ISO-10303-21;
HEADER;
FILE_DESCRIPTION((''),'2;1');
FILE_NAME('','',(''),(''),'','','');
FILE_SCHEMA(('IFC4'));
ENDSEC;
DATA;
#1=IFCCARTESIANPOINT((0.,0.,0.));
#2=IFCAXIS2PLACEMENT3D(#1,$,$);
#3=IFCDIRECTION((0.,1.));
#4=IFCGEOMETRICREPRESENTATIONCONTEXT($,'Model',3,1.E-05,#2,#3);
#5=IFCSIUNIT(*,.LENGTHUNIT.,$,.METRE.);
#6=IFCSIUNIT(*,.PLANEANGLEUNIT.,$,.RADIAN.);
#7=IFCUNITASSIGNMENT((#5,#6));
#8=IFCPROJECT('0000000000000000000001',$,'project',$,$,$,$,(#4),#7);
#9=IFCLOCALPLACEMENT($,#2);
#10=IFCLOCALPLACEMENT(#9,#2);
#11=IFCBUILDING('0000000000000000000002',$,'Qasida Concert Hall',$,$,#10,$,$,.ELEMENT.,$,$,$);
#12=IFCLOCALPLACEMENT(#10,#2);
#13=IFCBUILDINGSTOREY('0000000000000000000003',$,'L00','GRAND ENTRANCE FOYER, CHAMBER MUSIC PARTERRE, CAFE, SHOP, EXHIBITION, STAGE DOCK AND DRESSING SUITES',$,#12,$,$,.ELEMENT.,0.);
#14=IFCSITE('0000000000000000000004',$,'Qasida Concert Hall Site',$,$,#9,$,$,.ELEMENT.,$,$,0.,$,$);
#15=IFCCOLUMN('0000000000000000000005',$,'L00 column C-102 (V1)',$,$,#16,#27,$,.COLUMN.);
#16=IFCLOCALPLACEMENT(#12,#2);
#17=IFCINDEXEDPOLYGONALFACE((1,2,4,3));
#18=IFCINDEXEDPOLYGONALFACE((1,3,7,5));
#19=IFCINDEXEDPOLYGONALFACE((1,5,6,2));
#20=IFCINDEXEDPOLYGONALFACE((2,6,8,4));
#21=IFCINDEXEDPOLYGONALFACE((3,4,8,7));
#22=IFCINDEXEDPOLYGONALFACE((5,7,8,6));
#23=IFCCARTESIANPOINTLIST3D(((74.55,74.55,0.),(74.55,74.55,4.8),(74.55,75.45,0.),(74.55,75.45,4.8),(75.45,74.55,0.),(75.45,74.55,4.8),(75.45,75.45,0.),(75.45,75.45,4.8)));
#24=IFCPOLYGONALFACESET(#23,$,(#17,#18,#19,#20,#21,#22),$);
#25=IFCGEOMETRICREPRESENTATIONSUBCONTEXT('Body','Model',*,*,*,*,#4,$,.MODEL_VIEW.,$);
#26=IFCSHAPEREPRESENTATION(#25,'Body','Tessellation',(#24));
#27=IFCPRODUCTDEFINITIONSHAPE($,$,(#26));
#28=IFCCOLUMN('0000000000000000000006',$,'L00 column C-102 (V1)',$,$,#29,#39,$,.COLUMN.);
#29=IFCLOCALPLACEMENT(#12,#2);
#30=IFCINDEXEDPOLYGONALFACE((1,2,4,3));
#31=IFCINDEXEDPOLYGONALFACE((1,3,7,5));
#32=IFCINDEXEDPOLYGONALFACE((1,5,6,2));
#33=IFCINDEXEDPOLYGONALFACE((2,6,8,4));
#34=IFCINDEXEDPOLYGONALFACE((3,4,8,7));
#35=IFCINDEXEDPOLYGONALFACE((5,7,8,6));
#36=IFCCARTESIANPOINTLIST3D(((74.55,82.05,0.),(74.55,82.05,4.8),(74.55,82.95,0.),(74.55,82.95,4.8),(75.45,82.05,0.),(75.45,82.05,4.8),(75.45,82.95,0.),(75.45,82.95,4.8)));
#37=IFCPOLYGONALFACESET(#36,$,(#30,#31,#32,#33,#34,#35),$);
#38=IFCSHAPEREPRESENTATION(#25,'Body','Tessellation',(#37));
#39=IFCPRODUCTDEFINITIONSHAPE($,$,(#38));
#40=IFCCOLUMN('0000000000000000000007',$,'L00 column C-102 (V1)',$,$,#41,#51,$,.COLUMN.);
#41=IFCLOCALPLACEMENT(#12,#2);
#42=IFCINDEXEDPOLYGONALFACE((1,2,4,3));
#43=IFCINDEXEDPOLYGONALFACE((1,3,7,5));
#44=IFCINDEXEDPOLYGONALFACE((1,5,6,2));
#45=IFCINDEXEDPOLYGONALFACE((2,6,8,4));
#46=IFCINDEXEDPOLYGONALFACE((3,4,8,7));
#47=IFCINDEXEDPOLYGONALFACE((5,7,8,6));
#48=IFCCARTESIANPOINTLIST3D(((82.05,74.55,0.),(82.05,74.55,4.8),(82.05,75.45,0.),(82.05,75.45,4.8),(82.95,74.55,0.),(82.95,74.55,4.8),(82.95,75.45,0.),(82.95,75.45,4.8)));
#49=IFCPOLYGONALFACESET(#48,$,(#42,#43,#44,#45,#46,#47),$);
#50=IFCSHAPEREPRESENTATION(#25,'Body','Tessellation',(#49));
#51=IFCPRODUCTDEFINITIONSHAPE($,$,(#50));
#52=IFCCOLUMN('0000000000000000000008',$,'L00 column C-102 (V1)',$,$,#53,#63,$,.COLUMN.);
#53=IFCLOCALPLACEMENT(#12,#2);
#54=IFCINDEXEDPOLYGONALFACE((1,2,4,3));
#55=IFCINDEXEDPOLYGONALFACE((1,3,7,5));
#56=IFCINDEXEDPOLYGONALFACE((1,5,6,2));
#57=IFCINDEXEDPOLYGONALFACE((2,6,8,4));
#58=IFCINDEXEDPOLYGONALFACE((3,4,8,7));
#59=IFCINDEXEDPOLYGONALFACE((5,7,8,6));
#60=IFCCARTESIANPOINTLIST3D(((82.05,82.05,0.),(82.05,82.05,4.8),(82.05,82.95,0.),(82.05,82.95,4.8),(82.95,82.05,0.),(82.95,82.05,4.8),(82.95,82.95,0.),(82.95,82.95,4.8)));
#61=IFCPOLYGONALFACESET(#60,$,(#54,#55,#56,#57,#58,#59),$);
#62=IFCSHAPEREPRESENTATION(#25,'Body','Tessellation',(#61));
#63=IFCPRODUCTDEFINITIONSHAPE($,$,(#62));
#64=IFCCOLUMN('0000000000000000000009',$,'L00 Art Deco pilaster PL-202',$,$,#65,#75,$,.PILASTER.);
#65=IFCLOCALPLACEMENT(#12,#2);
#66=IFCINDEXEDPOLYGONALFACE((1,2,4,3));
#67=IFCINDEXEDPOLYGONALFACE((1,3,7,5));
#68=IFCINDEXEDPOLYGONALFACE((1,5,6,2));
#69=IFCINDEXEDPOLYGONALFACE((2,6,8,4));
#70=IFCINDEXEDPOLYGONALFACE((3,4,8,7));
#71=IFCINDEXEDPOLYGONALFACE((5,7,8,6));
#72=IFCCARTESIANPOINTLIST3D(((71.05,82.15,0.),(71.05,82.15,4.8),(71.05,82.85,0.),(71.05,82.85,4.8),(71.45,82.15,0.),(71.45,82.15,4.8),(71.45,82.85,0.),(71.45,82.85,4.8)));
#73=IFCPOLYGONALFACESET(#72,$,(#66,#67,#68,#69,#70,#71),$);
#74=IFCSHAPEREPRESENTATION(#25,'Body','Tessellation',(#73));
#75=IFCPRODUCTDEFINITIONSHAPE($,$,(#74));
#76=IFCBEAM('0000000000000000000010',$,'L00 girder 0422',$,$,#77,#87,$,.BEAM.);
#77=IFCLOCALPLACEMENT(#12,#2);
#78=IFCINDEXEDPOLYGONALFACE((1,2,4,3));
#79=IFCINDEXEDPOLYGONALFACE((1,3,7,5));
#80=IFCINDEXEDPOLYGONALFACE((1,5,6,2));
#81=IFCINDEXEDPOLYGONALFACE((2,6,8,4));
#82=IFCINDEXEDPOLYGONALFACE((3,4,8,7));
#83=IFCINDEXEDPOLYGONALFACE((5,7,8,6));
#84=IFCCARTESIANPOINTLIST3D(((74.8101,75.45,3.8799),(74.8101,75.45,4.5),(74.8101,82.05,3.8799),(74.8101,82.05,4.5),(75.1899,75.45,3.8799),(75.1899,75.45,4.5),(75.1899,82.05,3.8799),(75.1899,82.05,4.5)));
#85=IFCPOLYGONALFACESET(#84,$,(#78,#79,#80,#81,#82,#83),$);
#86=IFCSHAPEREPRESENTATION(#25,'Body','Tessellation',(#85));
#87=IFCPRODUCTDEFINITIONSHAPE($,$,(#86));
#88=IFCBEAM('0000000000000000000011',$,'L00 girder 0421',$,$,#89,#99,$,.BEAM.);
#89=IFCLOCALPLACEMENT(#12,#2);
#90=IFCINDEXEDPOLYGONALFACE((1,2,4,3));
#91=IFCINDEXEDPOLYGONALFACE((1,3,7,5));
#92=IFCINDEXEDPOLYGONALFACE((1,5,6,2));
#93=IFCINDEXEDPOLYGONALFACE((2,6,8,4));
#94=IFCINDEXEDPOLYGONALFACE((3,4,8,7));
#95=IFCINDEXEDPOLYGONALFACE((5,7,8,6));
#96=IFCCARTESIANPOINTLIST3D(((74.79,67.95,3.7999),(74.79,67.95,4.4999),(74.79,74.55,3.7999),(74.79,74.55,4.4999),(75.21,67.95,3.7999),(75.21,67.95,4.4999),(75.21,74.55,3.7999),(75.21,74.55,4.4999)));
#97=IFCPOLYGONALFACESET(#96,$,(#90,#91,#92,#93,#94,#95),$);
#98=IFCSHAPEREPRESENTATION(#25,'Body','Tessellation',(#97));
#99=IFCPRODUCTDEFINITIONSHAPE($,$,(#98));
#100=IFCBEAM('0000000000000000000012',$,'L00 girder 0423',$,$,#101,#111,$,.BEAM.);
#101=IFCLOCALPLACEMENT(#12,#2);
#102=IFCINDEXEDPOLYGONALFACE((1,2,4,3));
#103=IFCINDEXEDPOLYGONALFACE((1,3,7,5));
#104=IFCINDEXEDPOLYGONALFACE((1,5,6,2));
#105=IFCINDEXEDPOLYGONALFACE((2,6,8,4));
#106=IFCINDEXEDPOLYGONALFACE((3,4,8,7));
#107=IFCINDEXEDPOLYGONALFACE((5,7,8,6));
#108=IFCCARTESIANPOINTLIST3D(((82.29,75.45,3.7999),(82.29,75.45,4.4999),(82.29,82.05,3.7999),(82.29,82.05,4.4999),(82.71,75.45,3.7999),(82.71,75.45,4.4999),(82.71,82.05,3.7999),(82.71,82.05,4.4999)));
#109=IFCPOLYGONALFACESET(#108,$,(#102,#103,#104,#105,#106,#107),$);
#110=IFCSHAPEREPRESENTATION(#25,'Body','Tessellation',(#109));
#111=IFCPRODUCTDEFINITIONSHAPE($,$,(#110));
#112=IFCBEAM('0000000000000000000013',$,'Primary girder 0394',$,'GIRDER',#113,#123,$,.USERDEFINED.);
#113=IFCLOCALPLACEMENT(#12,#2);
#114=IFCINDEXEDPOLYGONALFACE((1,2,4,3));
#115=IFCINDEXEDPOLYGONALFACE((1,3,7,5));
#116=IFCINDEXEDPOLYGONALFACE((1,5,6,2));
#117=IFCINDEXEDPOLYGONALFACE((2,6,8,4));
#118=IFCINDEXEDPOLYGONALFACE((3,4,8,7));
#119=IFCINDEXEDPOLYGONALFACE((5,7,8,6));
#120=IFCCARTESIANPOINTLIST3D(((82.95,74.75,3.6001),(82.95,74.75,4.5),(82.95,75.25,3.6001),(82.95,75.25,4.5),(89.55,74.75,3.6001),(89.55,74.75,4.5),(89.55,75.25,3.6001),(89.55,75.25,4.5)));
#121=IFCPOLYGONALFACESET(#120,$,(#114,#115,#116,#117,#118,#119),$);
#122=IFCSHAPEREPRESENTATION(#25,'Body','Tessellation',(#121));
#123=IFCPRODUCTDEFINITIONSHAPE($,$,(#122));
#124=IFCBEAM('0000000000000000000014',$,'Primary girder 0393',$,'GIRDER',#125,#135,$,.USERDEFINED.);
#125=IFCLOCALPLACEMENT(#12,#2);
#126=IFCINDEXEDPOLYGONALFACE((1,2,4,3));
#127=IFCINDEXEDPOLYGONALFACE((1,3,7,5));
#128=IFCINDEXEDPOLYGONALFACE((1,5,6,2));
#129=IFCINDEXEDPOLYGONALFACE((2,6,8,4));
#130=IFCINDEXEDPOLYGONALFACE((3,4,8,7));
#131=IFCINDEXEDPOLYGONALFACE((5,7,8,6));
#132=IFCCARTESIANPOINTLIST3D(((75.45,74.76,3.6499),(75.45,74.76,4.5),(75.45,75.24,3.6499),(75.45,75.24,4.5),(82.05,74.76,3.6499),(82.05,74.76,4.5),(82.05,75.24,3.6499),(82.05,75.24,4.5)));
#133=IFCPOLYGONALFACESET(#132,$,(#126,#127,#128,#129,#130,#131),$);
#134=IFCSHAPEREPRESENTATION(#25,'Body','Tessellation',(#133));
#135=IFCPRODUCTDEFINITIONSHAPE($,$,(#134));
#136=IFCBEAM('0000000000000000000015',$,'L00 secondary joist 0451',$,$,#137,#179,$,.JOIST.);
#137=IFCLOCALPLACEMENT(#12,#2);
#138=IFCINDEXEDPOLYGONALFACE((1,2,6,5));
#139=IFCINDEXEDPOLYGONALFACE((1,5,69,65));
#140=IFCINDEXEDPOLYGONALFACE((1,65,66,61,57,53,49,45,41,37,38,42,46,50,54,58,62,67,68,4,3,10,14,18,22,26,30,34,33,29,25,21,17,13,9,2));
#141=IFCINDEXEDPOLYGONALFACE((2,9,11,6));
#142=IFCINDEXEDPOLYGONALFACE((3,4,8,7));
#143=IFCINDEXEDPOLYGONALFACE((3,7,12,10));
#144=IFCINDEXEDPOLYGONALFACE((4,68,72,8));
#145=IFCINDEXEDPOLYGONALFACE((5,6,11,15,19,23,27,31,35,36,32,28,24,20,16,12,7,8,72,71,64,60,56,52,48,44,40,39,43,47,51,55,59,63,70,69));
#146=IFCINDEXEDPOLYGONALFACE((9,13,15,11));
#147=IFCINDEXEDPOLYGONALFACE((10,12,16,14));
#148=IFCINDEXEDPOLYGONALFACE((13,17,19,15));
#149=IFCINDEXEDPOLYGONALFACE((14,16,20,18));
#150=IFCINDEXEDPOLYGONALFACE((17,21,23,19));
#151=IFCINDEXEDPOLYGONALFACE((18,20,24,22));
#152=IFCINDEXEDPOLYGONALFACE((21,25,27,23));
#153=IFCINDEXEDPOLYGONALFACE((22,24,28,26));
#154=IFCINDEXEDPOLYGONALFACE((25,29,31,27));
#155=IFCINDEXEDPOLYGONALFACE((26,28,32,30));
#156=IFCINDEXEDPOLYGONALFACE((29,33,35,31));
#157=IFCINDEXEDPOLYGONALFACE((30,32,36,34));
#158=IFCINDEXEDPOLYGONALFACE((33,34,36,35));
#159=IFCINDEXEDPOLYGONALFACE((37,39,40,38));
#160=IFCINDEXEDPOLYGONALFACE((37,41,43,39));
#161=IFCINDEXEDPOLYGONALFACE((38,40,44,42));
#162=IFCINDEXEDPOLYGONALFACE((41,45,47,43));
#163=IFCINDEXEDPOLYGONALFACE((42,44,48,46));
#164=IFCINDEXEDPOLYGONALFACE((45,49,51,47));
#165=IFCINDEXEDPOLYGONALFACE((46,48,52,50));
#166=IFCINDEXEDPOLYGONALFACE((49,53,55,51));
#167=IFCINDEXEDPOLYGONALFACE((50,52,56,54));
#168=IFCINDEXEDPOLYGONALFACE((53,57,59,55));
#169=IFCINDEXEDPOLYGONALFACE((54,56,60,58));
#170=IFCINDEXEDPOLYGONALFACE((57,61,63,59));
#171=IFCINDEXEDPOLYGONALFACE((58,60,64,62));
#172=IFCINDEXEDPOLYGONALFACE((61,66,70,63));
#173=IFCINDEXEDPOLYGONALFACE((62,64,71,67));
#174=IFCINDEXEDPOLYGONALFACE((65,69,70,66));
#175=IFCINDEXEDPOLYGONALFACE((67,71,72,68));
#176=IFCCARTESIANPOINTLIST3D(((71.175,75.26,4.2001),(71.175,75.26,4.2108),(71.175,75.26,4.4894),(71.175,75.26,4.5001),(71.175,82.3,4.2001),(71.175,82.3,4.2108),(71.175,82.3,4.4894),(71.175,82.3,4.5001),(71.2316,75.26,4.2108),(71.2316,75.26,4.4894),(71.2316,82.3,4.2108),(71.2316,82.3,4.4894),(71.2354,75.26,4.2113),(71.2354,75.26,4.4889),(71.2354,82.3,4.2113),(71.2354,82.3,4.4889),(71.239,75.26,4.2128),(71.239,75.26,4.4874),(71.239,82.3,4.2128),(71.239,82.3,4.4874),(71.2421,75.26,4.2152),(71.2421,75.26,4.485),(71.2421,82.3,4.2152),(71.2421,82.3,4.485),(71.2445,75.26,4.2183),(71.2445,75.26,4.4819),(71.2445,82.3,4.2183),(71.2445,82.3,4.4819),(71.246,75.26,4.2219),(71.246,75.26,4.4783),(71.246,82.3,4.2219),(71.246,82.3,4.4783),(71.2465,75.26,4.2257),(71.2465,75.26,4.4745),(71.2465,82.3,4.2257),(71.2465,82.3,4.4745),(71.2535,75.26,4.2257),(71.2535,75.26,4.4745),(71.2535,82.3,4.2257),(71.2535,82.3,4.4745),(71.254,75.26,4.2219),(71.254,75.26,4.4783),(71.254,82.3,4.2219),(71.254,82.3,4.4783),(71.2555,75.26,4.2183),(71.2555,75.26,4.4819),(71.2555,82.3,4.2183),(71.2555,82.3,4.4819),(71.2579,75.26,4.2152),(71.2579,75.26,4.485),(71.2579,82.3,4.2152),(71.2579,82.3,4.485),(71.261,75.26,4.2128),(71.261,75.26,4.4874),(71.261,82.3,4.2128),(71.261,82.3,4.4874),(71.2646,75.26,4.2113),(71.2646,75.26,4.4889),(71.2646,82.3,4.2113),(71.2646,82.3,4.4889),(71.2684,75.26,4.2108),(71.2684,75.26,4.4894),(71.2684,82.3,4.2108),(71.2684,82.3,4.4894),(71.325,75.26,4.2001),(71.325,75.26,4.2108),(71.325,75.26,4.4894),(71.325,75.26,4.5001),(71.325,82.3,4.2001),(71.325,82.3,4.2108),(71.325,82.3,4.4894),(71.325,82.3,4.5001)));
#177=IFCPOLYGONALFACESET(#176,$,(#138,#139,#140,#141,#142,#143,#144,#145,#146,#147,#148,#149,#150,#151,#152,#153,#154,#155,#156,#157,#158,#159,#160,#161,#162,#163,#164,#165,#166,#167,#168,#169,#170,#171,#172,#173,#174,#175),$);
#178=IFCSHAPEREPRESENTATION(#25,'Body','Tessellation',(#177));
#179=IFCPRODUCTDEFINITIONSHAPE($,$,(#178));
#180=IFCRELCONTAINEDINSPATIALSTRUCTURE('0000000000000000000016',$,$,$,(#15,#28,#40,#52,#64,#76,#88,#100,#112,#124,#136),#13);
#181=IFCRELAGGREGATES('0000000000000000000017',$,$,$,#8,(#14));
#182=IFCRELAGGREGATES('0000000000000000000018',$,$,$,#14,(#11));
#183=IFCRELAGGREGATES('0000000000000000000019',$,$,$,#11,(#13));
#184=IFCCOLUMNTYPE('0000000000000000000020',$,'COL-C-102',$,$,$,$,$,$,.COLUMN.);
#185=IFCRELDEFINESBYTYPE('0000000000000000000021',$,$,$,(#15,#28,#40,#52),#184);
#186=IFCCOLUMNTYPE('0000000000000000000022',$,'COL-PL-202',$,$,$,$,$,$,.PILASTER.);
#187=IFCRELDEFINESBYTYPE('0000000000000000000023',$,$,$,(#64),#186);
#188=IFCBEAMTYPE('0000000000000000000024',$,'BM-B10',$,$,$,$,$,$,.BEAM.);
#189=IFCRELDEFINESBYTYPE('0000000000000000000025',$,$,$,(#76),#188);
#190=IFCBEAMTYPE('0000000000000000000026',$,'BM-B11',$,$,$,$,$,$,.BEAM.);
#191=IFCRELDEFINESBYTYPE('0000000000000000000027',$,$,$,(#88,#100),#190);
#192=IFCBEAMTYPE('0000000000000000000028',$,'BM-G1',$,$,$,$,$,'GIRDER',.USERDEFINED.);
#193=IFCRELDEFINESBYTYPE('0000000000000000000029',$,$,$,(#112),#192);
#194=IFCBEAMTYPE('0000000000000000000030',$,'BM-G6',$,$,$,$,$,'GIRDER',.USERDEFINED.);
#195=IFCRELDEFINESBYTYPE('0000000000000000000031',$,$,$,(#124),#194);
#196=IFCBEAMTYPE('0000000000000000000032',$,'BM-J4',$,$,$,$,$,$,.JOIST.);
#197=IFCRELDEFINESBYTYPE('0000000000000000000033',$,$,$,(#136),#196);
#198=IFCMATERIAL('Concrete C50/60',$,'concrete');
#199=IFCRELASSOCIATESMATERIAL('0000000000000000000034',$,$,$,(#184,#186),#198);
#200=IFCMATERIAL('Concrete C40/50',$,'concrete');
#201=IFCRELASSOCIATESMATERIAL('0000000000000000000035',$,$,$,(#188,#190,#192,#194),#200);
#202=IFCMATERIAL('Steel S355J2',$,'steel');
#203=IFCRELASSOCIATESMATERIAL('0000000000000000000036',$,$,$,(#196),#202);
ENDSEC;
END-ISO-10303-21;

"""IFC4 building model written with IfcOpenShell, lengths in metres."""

from ifc_helpers import new_model, si_unit, direction, frame, origin, origin_2d, place, context, subcontext, project, spatial, rectangle, i_section, extrude, material, material_profile, profile_set, type_object, element, save


model = new_model("IFC4")

# Units and contexts
model_context = context("Model", 3, precision=1e-05, world=origin(), true_north=direction((0.0, 1.0)))
body_context = subcontext(model_context, "Body", "Model", "MODEL_VIEW")
ifc_project = project(units=[si_unit("LENGTHUNIT", "METRE"), si_unit("PLANEANGLEUNIT", "RADIAN")], contexts=[model_context])

# Site, building, storey
site_placement = place(None, origin())
site = spatial("IfcSite", under=ifc_project, at=site_placement, Name="Qasida Concert Hall Site", CompositionType="ELEMENT", RefElevation=0.0)
building_placement = place(site_placement, origin())
building = spatial("IfcBuilding", under=site, at=building_placement, Name="Qasida Concert Hall", CompositionType="ELEMENT")
storey_placement = place(building_placement, origin())
storey = spatial("IfcBuildingStorey", under=building, at=storey_placement, Name="L00", Description="GRAND ENTRANCE FOYER, CHAMBER MUSIC PARTERRE, CAFE, SHOP, EXHIBITION, STAGE DOCK AND DRESSING SUITES", CompositionType="ELEMENT", Elevation=0.0)

# Columns
ifc_material_1 = material(Name="Concrete C50/60", Category="concrete")
ifc_material_profile_1 = material_profile(ifc_material_1, rectangle(XDim=0.8999, YDim=0.8999, at=origin_2d()), Name="RC 900x900")
ifc_profile_set_1 = profile_set([ifc_material_profile_1], Name="Concrete C50/60")
column_type_1 = type_object("IfcColumnType", Name="COL-C-102", PredefinedType="COLUMN", material=ifc_profile_set_1)
for number, where, z_axis, x_axis, name in (
    (1, (75.0, 75.0, 0.0), (0.0, 0.0, 1.0), (1.0, 0.0, 0.0), "L00 column C-102 (V1)"),
    (2, (75.0, 82.5, 0.0), (0.0, 0.0, 1.0), (1.0, 0.0, 0.0), "L00 column C-102 (V1)"),
    (3, (82.5, 75.0, 0.0), (0.0, 0.0, 1.0), (1.0, 0.0, 0.0), "L00 column C-102 (V1)"),
    (4, (82.5, 82.5, 0.0), (0.0, 0.0, 1.0), (1.0, 0.0, 0.0), "L00 column C-102 (V1)"),
):
    element("IfcColumn", number, at=place(storey_placement, frame(where, z_axis=z_axis, x_axis=x_axis)), inside=storey, type_object=column_type_1, Name=name, PredefinedType="COLUMN", context=body_context, shape_type="SweptSolid", body=[
        extrude(rectangle(XDim=0.8999, YDim=0.8999, at=origin_2d()), origin(), (0.0, 0.0, 1.0), 4.8),
    ])
ifc_material_profile_2 = material_profile(ifc_material_1, rectangle(XDim=0.3999, YDim=0.7, at=origin_2d()), Name="RC 400x700")
ifc_profile_set_2 = profile_set([ifc_material_profile_2], Name="Concrete C50/60")
column_type_2 = type_object("IfcColumnType", Name="COL-PL-202", PredefinedType="PILASTER", material=ifc_profile_set_2)
column_placement = place(storey_placement, frame((71.25, 82.5, 0.0), z_axis=(0.0, 0.0, 1.0), x_axis=(1.0, 0.0, 0.0)))
element("IfcColumn", 5, at=column_placement, inside=storey, type_object=column_type_2, Name="L00 Art Deco pilaster PL-202", PredefinedType="PILASTER", context=body_context, shape_type="SweptSolid", body=[
    extrude(rectangle(XDim=0.3999, YDim=0.7, at=origin_2d()), origin(), (0.0, 0.0, 1.0), 4.8),
])

# Beams
ifc_material_2 = material(Name="Concrete C40/50", Category="concrete")
ifc_material_profile_3 = material_profile(ifc_material_2, rectangle(XDim=0.3799, YDim=0.6201, at=origin_2d()), Name="RC 380x620")
ifc_profile_set_3 = profile_set([ifc_material_profile_3], Name="Concrete C40/50")
beam_type_1 = type_object("IfcBeamType", Name="BM-B10", PredefinedType="BEAM", material=ifc_profile_set_3)
beam_1_placement = place(storey_placement, frame((75.0, 75.45, 4.1899), z_axis=(0.0, 1.0, 0.0), x_axis=(-1.0, 0.0, 0.0)))
element("IfcBeam", 6, at=beam_1_placement, inside=storey, type_object=beam_type_1, Name="L00 girder 0422", PredefinedType="BEAM", context=body_context, shape_type="SweptSolid", body=[
    extrude(rectangle(XDim=0.3799, YDim=0.6201, at=origin_2d()), origin(), (0.0, 0.0, 1.0), 6.6001),
])
ifc_material_profile_4 = material_profile(ifc_material_2, rectangle(XDim=0.4199, YDim=0.7, at=origin_2d()), Name="RC 420x700")
ifc_profile_set_4 = profile_set([ifc_material_profile_4], Name="Concrete C40/50")
beam_type_2 = type_object("IfcBeamType", Name="BM-B11", PredefinedType="BEAM", material=ifc_profile_set_4)
for number, where, z_axis, x_axis, name in (
    (7, (75.0, 67.95, 4.1499), (0.0, 1.0, 0.0), (-1.0, 0.0, 0.0), "L00 girder 0421"),
    (8, (82.5, 75.45, 4.1499), (0.0, 1.0, 0.0), (-1.0, 0.0, 0.0), "L00 girder 0423"),
):
    element("IfcBeam", number, at=place(storey_placement, frame(where, z_axis=z_axis, x_axis=x_axis)), inside=storey, type_object=beam_type_2, Name=name, PredefinedType="BEAM", context=body_context, shape_type="SweptSolid", body=[
        extrude(rectangle(XDim=0.4199, YDim=0.7, at=origin_2d()), origin(), (0.0, 0.0, 1.0), 6.6001),
    ])
ifc_material_profile_5 = material_profile(ifc_material_2, rectangle(XDim=0.5, YDim=0.8999, at=origin_2d()), Name="RC 500x900")
ifc_profile_set_5 = profile_set([ifc_material_profile_5], Name="Concrete C40/50")
beam_type_3 = type_object("IfcBeamType", Name="BM-G1", ElementType="GIRDER", PredefinedType="USERDEFINED", material=ifc_profile_set_5)
beam_2_placement = place(storey_placement, frame((82.95, 75.0, 4.05), z_axis=(1.0, 0.0, 0.0), x_axis=(0.0, 1.0, 0.0)))
element("IfcBeam", 9, at=beam_2_placement, inside=storey, type_object=beam_type_3, Name="Primary girder 0394", ObjectType="GIRDER", PredefinedType="USERDEFINED", context=body_context, shape_type="SweptSolid", body=[
    extrude(rectangle(XDim=0.5, YDim=0.8999, at=origin_2d()), origin(), (0.0, 0.0, 1.0), 6.6001),
])
ifc_material_profile_6 = material_profile(ifc_material_2, rectangle(XDim=0.48, YDim=0.8501, at=origin_2d()), Name="RC 480x850")
ifc_profile_set_6 = profile_set([ifc_material_profile_6], Name="Concrete C40/50")
beam_type_4 = type_object("IfcBeamType", Name="BM-G6", ElementType="GIRDER", PredefinedType="USERDEFINED", material=ifc_profile_set_6)
beam_3_placement = place(storey_placement, frame((75.45, 75.0, 4.075), z_axis=(1.0, 0.0, 0.0), x_axis=(0.0, 1.0, 0.0)))
element("IfcBeam", 10, at=beam_3_placement, inside=storey, type_object=beam_type_4, Name="Primary girder 0393", ObjectType="GIRDER", PredefinedType="USERDEFINED", context=body_context, shape_type="SweptSolid", body=[
    extrude(rectangle(XDim=0.48, YDim=0.8501, at=origin_2d()), origin(), (0.0, 0.0, 1.0), 6.6001),
])
ifc_material_3 = material(Name="Steel S355J2", Category="steel")
ifc_material_profile_7 = material_profile(ifc_material_3, i_section(OverallWidth=0.1499, OverallDepth=0.3, WebThickness=0.0071, FlangeThickness=0.0107, FilletRadius=0.0149, at=origin_2d()), Name="IPE 300")
ifc_profile_set_7 = profile_set([ifc_material_profile_7], Name="Steel S355J2")
beam_type_5 = type_object("IfcBeamType", Name="BM-J4", PredefinedType="JOIST", material=ifc_profile_set_7)
beam_4_placement = place(storey_placement, frame((71.25, 75.26, 4.3501), z_axis=(0.0, 1.0, 0.0), x_axis=(-1.0, 0.0, 0.0)))
element("IfcBeam", 11, at=beam_4_placement, inside=storey, type_object=beam_type_5, Name="L00 secondary joist 0451", PredefinedType="JOIST", context=body_context, shape_type="SweptSolid", body=[
    extrude(i_section(OverallWidth=0.1499, OverallDepth=0.3, WebThickness=0.0071, FlangeThickness=0.0107, FilletRadius=0.0149, at=origin_2d()), origin(), (0.0, 0.0, 1.0), 7.04),
])

save(model, "model.ifc")
